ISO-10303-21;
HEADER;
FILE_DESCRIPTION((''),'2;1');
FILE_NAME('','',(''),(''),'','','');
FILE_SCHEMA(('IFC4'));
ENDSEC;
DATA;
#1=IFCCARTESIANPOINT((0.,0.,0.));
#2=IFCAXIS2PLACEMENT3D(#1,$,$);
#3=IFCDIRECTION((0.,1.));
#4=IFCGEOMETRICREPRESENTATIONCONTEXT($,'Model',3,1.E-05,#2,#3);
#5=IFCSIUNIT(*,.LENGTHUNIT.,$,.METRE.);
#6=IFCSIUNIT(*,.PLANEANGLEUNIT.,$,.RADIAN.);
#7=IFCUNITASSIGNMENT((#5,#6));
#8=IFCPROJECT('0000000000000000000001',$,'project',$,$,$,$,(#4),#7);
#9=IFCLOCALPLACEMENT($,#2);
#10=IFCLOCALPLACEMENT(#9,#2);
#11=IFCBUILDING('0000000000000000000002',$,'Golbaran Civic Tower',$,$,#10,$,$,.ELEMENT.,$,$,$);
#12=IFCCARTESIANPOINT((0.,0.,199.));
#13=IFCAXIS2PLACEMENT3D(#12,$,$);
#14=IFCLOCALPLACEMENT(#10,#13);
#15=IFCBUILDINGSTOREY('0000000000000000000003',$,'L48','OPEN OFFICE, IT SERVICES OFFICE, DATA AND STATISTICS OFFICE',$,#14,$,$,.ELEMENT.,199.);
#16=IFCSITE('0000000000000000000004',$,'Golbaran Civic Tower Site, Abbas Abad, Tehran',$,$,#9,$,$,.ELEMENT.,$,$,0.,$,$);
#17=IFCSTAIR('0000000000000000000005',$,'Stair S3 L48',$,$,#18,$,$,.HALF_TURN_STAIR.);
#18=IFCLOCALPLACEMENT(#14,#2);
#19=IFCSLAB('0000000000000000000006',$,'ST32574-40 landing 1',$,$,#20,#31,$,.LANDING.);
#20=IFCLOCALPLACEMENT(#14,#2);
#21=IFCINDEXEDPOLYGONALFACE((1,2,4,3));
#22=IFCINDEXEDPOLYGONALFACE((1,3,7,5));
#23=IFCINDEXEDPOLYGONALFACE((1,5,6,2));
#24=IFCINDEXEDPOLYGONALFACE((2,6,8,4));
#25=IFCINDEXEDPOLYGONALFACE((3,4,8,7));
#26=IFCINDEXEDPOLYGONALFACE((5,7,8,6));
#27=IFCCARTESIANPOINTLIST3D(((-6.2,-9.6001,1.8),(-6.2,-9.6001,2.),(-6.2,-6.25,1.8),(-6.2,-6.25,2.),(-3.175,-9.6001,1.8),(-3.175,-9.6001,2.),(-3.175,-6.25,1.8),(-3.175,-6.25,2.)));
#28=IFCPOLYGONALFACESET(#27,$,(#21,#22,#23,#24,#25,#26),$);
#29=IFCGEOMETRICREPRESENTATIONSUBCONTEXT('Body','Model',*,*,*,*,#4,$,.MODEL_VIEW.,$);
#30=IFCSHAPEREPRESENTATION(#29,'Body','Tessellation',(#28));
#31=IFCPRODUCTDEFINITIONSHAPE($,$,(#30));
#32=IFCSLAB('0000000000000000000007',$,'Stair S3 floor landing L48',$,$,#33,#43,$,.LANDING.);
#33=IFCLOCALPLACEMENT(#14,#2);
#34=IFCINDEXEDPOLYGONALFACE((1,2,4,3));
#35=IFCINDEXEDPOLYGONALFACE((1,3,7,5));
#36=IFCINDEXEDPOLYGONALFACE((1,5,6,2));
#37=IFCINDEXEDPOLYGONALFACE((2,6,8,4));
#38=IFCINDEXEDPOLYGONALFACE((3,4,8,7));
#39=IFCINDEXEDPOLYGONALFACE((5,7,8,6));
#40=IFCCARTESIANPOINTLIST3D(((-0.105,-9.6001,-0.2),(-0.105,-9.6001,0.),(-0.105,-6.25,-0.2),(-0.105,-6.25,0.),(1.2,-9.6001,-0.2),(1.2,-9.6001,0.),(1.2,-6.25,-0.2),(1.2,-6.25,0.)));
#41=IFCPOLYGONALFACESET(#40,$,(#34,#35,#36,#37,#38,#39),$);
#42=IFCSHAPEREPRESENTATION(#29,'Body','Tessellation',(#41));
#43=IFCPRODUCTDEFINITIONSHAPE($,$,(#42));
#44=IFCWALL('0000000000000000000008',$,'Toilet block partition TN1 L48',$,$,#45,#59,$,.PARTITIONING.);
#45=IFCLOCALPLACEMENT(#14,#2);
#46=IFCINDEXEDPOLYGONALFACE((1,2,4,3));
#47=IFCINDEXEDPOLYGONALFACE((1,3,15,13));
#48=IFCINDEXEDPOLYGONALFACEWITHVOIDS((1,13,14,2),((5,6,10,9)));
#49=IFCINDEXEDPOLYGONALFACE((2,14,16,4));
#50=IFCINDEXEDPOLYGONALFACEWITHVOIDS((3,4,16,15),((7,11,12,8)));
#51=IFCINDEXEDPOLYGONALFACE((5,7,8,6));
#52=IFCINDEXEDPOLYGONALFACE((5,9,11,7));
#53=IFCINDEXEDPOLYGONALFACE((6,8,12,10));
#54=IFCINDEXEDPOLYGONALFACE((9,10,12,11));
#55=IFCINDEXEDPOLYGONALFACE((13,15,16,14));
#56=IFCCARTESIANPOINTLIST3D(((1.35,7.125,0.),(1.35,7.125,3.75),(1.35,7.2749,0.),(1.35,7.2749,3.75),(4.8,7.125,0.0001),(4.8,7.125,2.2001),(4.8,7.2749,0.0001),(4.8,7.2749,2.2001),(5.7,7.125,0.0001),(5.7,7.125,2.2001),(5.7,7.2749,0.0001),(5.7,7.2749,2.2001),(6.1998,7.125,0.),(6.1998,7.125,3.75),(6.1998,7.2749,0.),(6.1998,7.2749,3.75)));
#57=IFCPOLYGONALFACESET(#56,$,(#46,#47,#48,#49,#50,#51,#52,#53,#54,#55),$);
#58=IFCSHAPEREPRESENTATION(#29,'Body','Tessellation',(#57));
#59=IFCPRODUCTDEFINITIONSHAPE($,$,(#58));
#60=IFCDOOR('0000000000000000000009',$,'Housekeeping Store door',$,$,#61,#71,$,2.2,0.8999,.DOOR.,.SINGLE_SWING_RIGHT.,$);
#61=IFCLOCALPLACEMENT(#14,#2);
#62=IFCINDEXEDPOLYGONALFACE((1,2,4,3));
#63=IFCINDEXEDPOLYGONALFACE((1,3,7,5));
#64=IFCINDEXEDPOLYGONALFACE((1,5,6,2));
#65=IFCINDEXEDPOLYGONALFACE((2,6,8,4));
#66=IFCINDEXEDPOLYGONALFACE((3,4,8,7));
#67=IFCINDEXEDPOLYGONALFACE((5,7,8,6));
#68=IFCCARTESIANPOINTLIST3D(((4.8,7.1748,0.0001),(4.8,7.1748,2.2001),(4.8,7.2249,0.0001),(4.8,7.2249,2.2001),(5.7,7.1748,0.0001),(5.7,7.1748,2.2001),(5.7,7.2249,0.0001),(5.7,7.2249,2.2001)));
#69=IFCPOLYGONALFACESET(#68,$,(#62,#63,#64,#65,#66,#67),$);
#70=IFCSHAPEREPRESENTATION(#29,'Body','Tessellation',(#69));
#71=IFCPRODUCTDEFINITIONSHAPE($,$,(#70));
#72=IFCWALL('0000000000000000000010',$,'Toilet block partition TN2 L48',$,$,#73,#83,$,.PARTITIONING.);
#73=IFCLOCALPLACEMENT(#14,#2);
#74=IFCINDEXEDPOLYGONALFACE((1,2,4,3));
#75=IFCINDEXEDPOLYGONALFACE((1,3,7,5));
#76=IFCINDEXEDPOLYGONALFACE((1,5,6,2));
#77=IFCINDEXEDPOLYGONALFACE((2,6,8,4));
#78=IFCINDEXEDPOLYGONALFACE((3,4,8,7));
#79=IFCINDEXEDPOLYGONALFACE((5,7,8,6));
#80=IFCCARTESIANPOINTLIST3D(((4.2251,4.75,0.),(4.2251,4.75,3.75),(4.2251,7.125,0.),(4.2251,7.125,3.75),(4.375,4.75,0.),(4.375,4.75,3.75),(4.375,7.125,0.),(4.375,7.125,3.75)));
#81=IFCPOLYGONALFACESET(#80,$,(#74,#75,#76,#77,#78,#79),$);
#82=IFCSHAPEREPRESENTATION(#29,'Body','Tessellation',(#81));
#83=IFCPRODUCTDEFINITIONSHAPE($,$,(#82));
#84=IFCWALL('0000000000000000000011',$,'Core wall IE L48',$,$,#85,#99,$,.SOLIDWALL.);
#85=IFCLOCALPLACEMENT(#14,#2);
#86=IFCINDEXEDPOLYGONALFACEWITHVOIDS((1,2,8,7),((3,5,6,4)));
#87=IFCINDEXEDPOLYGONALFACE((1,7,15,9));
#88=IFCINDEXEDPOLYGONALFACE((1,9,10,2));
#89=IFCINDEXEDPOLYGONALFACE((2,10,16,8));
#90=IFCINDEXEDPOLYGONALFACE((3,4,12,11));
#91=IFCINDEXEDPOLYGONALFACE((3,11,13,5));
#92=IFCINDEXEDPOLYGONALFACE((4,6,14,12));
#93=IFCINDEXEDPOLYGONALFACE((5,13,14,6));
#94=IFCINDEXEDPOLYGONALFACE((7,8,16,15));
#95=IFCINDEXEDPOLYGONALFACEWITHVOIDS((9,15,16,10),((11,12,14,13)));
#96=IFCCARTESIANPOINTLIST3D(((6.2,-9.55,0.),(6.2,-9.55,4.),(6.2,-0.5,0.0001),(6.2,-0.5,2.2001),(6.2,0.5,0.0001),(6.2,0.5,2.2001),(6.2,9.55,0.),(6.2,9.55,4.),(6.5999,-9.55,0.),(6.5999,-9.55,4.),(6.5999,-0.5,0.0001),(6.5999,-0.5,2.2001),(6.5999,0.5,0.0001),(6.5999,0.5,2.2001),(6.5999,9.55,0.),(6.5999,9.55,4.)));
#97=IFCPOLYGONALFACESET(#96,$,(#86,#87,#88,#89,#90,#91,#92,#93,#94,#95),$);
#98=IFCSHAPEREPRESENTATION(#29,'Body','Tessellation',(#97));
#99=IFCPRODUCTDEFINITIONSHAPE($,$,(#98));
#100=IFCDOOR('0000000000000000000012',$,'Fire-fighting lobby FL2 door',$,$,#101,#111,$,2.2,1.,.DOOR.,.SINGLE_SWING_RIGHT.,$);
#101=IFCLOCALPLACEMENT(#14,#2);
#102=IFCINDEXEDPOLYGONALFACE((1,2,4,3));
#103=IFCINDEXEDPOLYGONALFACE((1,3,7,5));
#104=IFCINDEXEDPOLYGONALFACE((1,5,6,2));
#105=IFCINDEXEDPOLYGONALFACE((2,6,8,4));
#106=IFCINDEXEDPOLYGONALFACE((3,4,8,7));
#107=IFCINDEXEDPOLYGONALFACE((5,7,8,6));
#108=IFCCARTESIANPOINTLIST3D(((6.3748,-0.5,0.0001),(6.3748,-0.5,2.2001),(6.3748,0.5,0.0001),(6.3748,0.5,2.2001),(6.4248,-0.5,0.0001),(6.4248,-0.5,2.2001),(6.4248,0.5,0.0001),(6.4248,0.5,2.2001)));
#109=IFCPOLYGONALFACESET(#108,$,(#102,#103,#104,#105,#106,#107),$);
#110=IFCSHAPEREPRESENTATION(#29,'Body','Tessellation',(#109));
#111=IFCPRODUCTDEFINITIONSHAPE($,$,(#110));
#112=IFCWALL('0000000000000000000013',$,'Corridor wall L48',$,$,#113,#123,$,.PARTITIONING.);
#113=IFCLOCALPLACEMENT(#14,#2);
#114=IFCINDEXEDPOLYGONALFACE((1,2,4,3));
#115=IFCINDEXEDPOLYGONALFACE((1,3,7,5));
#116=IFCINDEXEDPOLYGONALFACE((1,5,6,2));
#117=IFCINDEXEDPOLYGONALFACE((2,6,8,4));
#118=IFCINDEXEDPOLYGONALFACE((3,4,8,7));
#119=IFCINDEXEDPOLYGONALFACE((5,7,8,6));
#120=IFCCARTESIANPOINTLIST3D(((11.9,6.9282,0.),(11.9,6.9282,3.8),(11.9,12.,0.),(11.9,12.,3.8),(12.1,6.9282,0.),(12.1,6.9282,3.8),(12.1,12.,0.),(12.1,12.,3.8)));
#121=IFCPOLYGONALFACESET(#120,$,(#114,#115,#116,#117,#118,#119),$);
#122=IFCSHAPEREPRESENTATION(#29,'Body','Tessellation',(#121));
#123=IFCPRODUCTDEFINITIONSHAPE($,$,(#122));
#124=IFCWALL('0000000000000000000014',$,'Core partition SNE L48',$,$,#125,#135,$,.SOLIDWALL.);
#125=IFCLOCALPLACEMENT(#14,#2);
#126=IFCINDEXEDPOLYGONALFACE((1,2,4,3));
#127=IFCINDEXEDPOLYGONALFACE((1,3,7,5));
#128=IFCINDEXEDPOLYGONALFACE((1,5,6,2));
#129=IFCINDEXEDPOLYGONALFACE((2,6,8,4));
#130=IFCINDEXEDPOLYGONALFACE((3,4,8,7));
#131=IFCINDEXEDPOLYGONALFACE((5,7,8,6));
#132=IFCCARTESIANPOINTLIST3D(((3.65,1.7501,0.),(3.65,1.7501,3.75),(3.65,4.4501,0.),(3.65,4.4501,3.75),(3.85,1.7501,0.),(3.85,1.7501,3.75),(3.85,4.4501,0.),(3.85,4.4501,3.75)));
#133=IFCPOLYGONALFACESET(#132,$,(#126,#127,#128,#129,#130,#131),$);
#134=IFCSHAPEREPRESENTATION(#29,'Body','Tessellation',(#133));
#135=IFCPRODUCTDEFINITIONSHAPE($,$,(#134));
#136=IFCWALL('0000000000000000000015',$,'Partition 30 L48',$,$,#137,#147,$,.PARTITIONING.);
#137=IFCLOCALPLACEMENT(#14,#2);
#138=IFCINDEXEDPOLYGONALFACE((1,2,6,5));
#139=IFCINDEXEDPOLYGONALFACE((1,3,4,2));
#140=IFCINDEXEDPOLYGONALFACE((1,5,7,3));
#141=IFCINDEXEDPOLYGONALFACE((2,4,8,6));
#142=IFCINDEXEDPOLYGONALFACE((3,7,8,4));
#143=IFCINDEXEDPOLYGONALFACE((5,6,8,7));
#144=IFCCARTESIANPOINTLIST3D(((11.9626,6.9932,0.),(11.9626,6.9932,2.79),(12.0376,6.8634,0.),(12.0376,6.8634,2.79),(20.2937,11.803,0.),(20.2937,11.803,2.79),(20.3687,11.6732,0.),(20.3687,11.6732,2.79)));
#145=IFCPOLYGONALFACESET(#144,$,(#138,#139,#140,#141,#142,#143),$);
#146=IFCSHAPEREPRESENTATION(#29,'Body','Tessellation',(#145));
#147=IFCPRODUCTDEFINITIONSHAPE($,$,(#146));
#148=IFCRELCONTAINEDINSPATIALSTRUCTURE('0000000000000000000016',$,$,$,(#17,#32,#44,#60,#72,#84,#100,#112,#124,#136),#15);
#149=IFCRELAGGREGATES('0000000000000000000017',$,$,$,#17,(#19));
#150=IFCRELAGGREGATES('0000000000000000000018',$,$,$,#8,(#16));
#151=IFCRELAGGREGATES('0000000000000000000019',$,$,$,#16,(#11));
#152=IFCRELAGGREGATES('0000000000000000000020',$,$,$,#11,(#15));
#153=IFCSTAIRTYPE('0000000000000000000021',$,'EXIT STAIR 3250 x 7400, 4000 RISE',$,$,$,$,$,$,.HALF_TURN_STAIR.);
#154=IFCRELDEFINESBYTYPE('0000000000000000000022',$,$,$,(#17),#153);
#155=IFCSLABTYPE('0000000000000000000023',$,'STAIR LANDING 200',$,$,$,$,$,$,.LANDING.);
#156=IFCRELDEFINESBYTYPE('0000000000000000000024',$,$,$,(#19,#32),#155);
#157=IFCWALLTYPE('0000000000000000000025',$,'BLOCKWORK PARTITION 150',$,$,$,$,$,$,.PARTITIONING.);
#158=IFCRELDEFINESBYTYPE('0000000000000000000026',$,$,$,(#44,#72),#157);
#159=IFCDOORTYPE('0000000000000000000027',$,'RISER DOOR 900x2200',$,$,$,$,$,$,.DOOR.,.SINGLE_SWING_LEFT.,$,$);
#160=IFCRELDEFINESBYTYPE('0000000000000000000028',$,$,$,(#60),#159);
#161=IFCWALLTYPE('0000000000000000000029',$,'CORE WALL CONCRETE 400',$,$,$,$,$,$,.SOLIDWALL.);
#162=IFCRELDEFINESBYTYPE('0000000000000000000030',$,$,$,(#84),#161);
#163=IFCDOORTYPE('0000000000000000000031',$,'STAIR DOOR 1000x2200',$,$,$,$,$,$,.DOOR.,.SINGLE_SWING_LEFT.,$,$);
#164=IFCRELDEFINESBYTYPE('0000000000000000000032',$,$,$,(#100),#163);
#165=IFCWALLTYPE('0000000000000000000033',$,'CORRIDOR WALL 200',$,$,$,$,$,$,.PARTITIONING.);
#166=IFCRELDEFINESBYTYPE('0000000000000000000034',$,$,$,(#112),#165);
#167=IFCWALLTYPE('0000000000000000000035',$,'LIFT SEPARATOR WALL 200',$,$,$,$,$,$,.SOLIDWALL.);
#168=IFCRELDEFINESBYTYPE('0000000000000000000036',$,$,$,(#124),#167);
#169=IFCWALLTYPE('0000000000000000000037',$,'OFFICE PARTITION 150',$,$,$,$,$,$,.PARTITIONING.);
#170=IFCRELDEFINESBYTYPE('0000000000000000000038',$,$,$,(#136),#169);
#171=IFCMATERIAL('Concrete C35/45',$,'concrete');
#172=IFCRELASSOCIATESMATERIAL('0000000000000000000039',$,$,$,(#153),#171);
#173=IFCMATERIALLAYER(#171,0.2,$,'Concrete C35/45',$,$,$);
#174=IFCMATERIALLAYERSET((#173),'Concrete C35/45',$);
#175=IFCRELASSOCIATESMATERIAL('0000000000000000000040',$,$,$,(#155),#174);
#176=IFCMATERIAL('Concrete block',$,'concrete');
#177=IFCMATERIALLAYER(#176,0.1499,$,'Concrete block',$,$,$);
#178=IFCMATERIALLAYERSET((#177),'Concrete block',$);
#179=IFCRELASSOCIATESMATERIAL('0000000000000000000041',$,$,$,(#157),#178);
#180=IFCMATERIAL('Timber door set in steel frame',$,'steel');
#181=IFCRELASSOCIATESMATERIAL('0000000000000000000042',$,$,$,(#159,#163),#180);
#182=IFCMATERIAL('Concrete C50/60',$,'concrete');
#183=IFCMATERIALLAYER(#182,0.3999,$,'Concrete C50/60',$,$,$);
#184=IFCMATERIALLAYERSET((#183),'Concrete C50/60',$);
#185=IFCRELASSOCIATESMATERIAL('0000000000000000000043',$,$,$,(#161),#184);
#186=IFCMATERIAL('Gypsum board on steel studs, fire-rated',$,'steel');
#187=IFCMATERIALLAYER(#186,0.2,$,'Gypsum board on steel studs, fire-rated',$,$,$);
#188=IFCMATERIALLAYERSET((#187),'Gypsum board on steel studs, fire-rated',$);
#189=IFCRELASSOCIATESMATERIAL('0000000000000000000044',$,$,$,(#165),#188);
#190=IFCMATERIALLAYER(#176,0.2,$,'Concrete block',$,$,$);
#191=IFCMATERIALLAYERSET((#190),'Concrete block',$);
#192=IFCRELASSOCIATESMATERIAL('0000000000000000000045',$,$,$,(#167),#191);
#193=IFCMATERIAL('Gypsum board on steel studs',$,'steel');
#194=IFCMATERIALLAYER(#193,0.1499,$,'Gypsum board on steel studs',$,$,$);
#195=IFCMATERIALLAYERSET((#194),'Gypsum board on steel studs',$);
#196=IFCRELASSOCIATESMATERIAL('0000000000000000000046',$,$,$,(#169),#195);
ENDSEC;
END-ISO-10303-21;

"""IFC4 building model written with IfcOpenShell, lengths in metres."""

from ifc_helpers import new_model, si_unit, direction, frame, frame_2d, origin, place, context, subcontext, project, spatial, polyline, rectangle, outline, extrude, material, layer, layer_set, type_object, element, fill, aggregate, save


model = new_model("IFC4")

# Units and contexts
model_context = context("Model", 3, precision=1e-05, world=origin(), true_north=direction((0.0, 1.0)))
body_context = subcontext(model_context, "Body", "Model", "MODEL_VIEW")
ifc_project = project(units=[si_unit("LENGTHUNIT", "METRE"), si_unit("PLANEANGLEUNIT", "RADIAN")], contexts=[model_context])

# Site, building, storey
site_placement = place(None, origin())
site = spatial("IfcSite", under=ifc_project, at=site_placement, Name="Golbaran Civic Tower Site, Abbas Abad, Tehran", CompositionType="ELEMENT", RefElevation=0.0)
building_placement = place(site_placement, origin())
building = spatial("IfcBuilding", under=site, at=building_placement, Name="Golbaran Civic Tower", CompositionType="ELEMENT")
storey_placement = place(building_placement, frame((0.0, 0.0, 199.0)))
storey = spatial("IfcBuildingStorey", under=building, at=storey_placement, Name="L48", Description="OPEN OFFICE, IT SERVICES OFFICE, DATA AND STATISTICS OFFICE", CompositionType="ELEMENT", Elevation=199.0)

# Stair, slab
ifc_material_1 = material(Name="Concrete C35/45", Category="concrete")
stair_type = type_object("IfcStairType", Name="EXIT STAIR 3250 x 7400, 4000 RISE", PredefinedType="HALF_TURN_STAIR", material=ifc_material_1)
stair_placement = place(storey_placement, origin())
stair = element("IfcStair", 1, at=stair_placement, inside=storey, type_object=stair_type, Name="Stair S3 L48", PredefinedType="HALF_TURN_STAIR")
ifc_layer_1 = layer(ifc_material_1, 0.2, Name="Concrete C35/45")
ifc_layer_set_1 = layer_set([ifc_layer_1], Name="Concrete C35/45")
slab_type = type_object("IfcSlabType", Name="STAIR LANDING 200", PredefinedType="LANDING", material=ifc_layer_set_1)
slab_1_placement = place(storey_placement, frame((0.0, 0.0, 1.8)))
slab_1 = element("IfcSlab", 2, at=slab_1_placement, type_object=slab_type, Name="ST32574-40 landing 1", PredefinedType="LANDING", context=body_context, shape_type="SweptSolid", body=[
    extrude(outline(polyline([(-3.175, -9.6001), (-6.2, -9.6001), (-6.2, -6.25), (-3.175, -6.25), (-3.175, -9.6001)])), origin(), (0.0, 0.0, 1.0), 0.2),
])
aggregate(stair, [slab_1])

# Slab
slab_2_placement = place(storey_placement, frame((0.0, 0.0, -0.2)))
element("IfcSlab", 3, at=slab_2_placement, inside=storey, type_object=slab_type, Name="Stair S3 floor landing L48", PredefinedType="LANDING", context=body_context, shape_type="SweptSolid", body=[
    extrude(outline(polyline([(1.2, -9.6001), (-0.105, -9.6001), (-0.105, -6.25), (1.2, -6.25), (1.2, -9.6001)])), origin(), (0.0, 0.0, 1.0), 0.2),
])

# Wall, opening, door
ifc_material_2 = material(Name="Concrete block", Category="concrete")
ifc_layer_2 = layer(ifc_material_2, 0.1499, Name="Concrete block")
ifc_layer_set_2 = layer_set([ifc_layer_2], Name="Concrete block")
wall_type_1 = type_object("IfcWallType", Name="BLOCKWORK PARTITION 150", PredefinedType="PARTITIONING", material=ifc_layer_set_2)
wall_1_placement = place(storey_placement, frame((1.3501, 7.2, 0.0), z_axis=(0.0, 0.0, 1.0), x_axis=(1.0, 0.0, 0.0)))
wall_1 = element("IfcWall", 4, at=wall_1_placement, inside=storey, type_object=wall_type_1, Name="Toilet block partition TN1 L48", PredefinedType="PARTITIONING", context=body_context, shape_type="SweptSolid", body=[
    extrude(rectangle(XDim=4.8499, YDim=0.1499, at=frame_2d((2.4248, 0.0))), origin(), (0.0, 0.0, 1.0), 3.75),
])
opening_1_placement = place(wall_1_placement, frame((3.45, 0.0, 0.0)))
opening_1 = element("IfcOpeningElement", 5, at=opening_1_placement, cuts=wall_1, PredefinedType="OPENING", context=body_context, shape_type="SweptSolid", body=[
    extrude(rectangle(XDim=0.8999, YDim=2.2, at=frame_2d((0.45, 1.1001))), frame((0.0, 0.085, 0.0), z_axis=(0.0, -1.0, 0.0), x_axis=(1.0, 0.0, 0.0)), (0.0, 0.0, 1.0), 0.1699),
])
ifc_material_3 = material(Name="Timber door set in steel frame", Category="steel")
door_type_1 = type_object("IfcDoorType", Name="RISER DOOR 900x2200", OperationType="SINGLE_SWING_LEFT", PredefinedType="DOOR", material=ifc_material_3)
door_1_placement = place(opening_1_placement, origin())
door_1 = element("IfcDoor", 6, at=door_1_placement, inside=storey, type_object=door_type_1, Name="Housekeeping Store door", OperationType="SINGLE_SWING_RIGHT", OverallHeight=2.2, OverallWidth=0.8999, PredefinedType="DOOR", context=body_context, shape_type="SweptSolid", body=[
    extrude(rectangle(XDim=0.8999, YDim=2.2, at=frame_2d((0.45, 1.1001))), frame((0.0, 0.0249, 0.0), z_axis=(0.0, -1.0, 0.0), x_axis=(1.0, 0.0, 0.0)), (0.0, 0.0, 1.0), 0.05),
])
fill(opening_1, door_1)

# Wall
wall_2_placement = place(storey_placement, frame((4.3, 4.75, 0.0), z_axis=(0.0, 0.0, 1.0), x_axis=(0.0, 1.0, 0.0)))
element("IfcWall", 7, at=wall_2_placement, inside=storey, type_object=wall_type_1, Name="Toilet block partition TN2 L48", PredefinedType="PARTITIONING", context=body_context, shape_type="SweptSolid", body=[
    extrude(rectangle(XDim=2.375, YDim=0.1499, at=frame_2d((1.1875, 0.0))), origin(), (0.0, 0.0, 1.0), 3.75),
])

# Wall, opening, door
ifc_material_4 = material(Name="Concrete C50/60", Category="concrete")
ifc_layer_3 = layer(ifc_material_4, 0.3999, Name="Concrete C50/60")
ifc_layer_set_3 = layer_set([ifc_layer_3], Name="Concrete C50/60")
wall_type_2 = type_object("IfcWallType", Name="CORE WALL CONCRETE 400", PredefinedType="SOLIDWALL", material=ifc_layer_set_3)
wall_3_placement = place(storey_placement, frame((6.3999, 9.55, 0.0), z_axis=(0.0, 0.0, 1.0), x_axis=(0.0, -1.0, 0.0)))
wall_3 = element("IfcWall", 8, at=wall_3_placement, inside=storey, type_object=wall_type_2, Name="Core wall IE L48", PredefinedType="SOLIDWALL", context=body_context, shape_type="SweptSolid", body=[
    extrude(rectangle(XDim=19.1001, YDim=0.3999, at=frame_2d((9.55, 0.0))), origin(), (0.0, 0.0, 1.0), 4.0),
])
opening_2_placement = place(wall_3_placement, frame((9.05, 0.0, 0.0)))
opening_2 = element("IfcOpeningElement", 9, at=opening_2_placement, cuts=wall_3, PredefinedType="OPENING", context=body_context, shape_type="SweptSolid", body=[
    extrude(rectangle(XDim=1.0, YDim=2.2, at=frame_2d((0.5, 1.1001))), frame((0.0, 0.21, 0.0), z_axis=(0.0, -1.0, 0.0), x_axis=(1.0, 0.0, 0.0)), (0.0, 0.0, 1.0), 0.4199),
])
door_type_2 = type_object("IfcDoorType", Name="STAIR DOOR 1000x2200", OperationType="SINGLE_SWING_LEFT", PredefinedType="DOOR", material=ifc_material_3)
door_2_placement = place(opening_2_placement, origin())
door_2 = element("IfcDoor", 10, at=door_2_placement, inside=storey, type_object=door_type_2, Name="Fire-fighting lobby FL2 door", OperationType="SINGLE_SWING_RIGHT", OverallHeight=2.2, OverallWidth=1.0, PredefinedType="DOOR", context=body_context, shape_type="SweptSolid", body=[
    extrude(rectangle(XDim=1.0, YDim=2.2, at=frame_2d((0.5, 1.1001))), frame((0.0, 0.0249, 0.0), z_axis=(0.0, -1.0, 0.0), x_axis=(1.0, 0.0, 0.0)), (0.0, 0.0, 1.0), 0.05),
])
fill(opening_2, door_2)

# Walls
ifc_material_5 = material(Name="Gypsum board on steel studs, fire-rated", Category="steel")
ifc_layer_4 = layer(ifc_material_5, 0.2, Name="Gypsum board on steel studs, fire-rated")
ifc_layer_set_4 = layer_set([ifc_layer_4], Name="Gypsum board on steel studs, fire-rated")
wall_type_3 = type_object("IfcWallType", Name="CORRIDOR WALL 200", PredefinedType="PARTITIONING", material=ifc_layer_set_4)
wall_4_placement = place(storey_placement, frame((12.0, 6.9282, 0.0), z_axis=(0.0, 0.0, 1.0), x_axis=(0.0, 1.0, 0.0)))
element("IfcWall", 11, at=wall_4_placement, inside=storey, type_object=wall_type_3, Name="Corridor wall L48", PredefinedType="PARTITIONING", context=body_context, shape_type="SweptSolid", body=[
    extrude(rectangle(XDim=5.0718, YDim=0.2, at=frame_2d((2.5359, 0.0))), origin(), (0.0, 0.0, 1.0), 3.8),
])
ifc_layer_5 = layer(ifc_material_2, 0.2, Name="Concrete block")
ifc_layer_set_5 = layer_set([ifc_layer_5], Name="Concrete block")
wall_type_4 = type_object("IfcWallType", Name="LIFT SEPARATOR WALL 200", PredefinedType="SOLIDWALL", material=ifc_layer_set_5)
wall_5_placement = place(storey_placement, frame((3.75, 1.75, 0.0), z_axis=(0.0, 0.0, 1.0), x_axis=(0.0, 1.0, 0.0)))
element("IfcWall", 12, at=wall_5_placement, inside=storey, type_object=wall_type_4, Name="Core partition SNE L48", PredefinedType="SOLIDWALL", context=body_context, shape_type="SweptSolid", body=[
    extrude(rectangle(XDim=2.7, YDim=0.2, at=frame_2d((1.3501, 0.0))), origin(), (0.0, 0.0, 1.0), 3.75),
])
ifc_material_6 = material(Name="Gypsum board on steel studs", Category="steel")
ifc_layer_6 = layer(ifc_material_6, 0.1499, Name="Gypsum board on steel studs")
ifc_layer_set_6 = layer_set([ifc_layer_6], Name="Gypsum board on steel studs")
wall_type_5 = type_object("IfcWallType", Name="OFFICE PARTITION 150", PredefinedType="PARTITIONING", material=ifc_layer_set_6)
wall_6_placement = place(storey_placement, frame((12.0, 6.9282, 0.0), z_axis=(0.0, 0.0, 1.0), x_axis=(0.866031, 0.49999, 0.0)))
element("IfcWall", 13, at=wall_6_placement, inside=storey, type_object=wall_type_5, Name="Partition 30 L48", PredefinedType="PARTITIONING", context=body_context, shape_type="SweptSolid", body=[
    extrude(rectangle(XDim=9.6199, YDim=0.1499, at=frame_2d((4.8101, 0.0))), origin(), (0.0, 0.0, 1.0), 2.79),
])

save(model, "model.ifc")
